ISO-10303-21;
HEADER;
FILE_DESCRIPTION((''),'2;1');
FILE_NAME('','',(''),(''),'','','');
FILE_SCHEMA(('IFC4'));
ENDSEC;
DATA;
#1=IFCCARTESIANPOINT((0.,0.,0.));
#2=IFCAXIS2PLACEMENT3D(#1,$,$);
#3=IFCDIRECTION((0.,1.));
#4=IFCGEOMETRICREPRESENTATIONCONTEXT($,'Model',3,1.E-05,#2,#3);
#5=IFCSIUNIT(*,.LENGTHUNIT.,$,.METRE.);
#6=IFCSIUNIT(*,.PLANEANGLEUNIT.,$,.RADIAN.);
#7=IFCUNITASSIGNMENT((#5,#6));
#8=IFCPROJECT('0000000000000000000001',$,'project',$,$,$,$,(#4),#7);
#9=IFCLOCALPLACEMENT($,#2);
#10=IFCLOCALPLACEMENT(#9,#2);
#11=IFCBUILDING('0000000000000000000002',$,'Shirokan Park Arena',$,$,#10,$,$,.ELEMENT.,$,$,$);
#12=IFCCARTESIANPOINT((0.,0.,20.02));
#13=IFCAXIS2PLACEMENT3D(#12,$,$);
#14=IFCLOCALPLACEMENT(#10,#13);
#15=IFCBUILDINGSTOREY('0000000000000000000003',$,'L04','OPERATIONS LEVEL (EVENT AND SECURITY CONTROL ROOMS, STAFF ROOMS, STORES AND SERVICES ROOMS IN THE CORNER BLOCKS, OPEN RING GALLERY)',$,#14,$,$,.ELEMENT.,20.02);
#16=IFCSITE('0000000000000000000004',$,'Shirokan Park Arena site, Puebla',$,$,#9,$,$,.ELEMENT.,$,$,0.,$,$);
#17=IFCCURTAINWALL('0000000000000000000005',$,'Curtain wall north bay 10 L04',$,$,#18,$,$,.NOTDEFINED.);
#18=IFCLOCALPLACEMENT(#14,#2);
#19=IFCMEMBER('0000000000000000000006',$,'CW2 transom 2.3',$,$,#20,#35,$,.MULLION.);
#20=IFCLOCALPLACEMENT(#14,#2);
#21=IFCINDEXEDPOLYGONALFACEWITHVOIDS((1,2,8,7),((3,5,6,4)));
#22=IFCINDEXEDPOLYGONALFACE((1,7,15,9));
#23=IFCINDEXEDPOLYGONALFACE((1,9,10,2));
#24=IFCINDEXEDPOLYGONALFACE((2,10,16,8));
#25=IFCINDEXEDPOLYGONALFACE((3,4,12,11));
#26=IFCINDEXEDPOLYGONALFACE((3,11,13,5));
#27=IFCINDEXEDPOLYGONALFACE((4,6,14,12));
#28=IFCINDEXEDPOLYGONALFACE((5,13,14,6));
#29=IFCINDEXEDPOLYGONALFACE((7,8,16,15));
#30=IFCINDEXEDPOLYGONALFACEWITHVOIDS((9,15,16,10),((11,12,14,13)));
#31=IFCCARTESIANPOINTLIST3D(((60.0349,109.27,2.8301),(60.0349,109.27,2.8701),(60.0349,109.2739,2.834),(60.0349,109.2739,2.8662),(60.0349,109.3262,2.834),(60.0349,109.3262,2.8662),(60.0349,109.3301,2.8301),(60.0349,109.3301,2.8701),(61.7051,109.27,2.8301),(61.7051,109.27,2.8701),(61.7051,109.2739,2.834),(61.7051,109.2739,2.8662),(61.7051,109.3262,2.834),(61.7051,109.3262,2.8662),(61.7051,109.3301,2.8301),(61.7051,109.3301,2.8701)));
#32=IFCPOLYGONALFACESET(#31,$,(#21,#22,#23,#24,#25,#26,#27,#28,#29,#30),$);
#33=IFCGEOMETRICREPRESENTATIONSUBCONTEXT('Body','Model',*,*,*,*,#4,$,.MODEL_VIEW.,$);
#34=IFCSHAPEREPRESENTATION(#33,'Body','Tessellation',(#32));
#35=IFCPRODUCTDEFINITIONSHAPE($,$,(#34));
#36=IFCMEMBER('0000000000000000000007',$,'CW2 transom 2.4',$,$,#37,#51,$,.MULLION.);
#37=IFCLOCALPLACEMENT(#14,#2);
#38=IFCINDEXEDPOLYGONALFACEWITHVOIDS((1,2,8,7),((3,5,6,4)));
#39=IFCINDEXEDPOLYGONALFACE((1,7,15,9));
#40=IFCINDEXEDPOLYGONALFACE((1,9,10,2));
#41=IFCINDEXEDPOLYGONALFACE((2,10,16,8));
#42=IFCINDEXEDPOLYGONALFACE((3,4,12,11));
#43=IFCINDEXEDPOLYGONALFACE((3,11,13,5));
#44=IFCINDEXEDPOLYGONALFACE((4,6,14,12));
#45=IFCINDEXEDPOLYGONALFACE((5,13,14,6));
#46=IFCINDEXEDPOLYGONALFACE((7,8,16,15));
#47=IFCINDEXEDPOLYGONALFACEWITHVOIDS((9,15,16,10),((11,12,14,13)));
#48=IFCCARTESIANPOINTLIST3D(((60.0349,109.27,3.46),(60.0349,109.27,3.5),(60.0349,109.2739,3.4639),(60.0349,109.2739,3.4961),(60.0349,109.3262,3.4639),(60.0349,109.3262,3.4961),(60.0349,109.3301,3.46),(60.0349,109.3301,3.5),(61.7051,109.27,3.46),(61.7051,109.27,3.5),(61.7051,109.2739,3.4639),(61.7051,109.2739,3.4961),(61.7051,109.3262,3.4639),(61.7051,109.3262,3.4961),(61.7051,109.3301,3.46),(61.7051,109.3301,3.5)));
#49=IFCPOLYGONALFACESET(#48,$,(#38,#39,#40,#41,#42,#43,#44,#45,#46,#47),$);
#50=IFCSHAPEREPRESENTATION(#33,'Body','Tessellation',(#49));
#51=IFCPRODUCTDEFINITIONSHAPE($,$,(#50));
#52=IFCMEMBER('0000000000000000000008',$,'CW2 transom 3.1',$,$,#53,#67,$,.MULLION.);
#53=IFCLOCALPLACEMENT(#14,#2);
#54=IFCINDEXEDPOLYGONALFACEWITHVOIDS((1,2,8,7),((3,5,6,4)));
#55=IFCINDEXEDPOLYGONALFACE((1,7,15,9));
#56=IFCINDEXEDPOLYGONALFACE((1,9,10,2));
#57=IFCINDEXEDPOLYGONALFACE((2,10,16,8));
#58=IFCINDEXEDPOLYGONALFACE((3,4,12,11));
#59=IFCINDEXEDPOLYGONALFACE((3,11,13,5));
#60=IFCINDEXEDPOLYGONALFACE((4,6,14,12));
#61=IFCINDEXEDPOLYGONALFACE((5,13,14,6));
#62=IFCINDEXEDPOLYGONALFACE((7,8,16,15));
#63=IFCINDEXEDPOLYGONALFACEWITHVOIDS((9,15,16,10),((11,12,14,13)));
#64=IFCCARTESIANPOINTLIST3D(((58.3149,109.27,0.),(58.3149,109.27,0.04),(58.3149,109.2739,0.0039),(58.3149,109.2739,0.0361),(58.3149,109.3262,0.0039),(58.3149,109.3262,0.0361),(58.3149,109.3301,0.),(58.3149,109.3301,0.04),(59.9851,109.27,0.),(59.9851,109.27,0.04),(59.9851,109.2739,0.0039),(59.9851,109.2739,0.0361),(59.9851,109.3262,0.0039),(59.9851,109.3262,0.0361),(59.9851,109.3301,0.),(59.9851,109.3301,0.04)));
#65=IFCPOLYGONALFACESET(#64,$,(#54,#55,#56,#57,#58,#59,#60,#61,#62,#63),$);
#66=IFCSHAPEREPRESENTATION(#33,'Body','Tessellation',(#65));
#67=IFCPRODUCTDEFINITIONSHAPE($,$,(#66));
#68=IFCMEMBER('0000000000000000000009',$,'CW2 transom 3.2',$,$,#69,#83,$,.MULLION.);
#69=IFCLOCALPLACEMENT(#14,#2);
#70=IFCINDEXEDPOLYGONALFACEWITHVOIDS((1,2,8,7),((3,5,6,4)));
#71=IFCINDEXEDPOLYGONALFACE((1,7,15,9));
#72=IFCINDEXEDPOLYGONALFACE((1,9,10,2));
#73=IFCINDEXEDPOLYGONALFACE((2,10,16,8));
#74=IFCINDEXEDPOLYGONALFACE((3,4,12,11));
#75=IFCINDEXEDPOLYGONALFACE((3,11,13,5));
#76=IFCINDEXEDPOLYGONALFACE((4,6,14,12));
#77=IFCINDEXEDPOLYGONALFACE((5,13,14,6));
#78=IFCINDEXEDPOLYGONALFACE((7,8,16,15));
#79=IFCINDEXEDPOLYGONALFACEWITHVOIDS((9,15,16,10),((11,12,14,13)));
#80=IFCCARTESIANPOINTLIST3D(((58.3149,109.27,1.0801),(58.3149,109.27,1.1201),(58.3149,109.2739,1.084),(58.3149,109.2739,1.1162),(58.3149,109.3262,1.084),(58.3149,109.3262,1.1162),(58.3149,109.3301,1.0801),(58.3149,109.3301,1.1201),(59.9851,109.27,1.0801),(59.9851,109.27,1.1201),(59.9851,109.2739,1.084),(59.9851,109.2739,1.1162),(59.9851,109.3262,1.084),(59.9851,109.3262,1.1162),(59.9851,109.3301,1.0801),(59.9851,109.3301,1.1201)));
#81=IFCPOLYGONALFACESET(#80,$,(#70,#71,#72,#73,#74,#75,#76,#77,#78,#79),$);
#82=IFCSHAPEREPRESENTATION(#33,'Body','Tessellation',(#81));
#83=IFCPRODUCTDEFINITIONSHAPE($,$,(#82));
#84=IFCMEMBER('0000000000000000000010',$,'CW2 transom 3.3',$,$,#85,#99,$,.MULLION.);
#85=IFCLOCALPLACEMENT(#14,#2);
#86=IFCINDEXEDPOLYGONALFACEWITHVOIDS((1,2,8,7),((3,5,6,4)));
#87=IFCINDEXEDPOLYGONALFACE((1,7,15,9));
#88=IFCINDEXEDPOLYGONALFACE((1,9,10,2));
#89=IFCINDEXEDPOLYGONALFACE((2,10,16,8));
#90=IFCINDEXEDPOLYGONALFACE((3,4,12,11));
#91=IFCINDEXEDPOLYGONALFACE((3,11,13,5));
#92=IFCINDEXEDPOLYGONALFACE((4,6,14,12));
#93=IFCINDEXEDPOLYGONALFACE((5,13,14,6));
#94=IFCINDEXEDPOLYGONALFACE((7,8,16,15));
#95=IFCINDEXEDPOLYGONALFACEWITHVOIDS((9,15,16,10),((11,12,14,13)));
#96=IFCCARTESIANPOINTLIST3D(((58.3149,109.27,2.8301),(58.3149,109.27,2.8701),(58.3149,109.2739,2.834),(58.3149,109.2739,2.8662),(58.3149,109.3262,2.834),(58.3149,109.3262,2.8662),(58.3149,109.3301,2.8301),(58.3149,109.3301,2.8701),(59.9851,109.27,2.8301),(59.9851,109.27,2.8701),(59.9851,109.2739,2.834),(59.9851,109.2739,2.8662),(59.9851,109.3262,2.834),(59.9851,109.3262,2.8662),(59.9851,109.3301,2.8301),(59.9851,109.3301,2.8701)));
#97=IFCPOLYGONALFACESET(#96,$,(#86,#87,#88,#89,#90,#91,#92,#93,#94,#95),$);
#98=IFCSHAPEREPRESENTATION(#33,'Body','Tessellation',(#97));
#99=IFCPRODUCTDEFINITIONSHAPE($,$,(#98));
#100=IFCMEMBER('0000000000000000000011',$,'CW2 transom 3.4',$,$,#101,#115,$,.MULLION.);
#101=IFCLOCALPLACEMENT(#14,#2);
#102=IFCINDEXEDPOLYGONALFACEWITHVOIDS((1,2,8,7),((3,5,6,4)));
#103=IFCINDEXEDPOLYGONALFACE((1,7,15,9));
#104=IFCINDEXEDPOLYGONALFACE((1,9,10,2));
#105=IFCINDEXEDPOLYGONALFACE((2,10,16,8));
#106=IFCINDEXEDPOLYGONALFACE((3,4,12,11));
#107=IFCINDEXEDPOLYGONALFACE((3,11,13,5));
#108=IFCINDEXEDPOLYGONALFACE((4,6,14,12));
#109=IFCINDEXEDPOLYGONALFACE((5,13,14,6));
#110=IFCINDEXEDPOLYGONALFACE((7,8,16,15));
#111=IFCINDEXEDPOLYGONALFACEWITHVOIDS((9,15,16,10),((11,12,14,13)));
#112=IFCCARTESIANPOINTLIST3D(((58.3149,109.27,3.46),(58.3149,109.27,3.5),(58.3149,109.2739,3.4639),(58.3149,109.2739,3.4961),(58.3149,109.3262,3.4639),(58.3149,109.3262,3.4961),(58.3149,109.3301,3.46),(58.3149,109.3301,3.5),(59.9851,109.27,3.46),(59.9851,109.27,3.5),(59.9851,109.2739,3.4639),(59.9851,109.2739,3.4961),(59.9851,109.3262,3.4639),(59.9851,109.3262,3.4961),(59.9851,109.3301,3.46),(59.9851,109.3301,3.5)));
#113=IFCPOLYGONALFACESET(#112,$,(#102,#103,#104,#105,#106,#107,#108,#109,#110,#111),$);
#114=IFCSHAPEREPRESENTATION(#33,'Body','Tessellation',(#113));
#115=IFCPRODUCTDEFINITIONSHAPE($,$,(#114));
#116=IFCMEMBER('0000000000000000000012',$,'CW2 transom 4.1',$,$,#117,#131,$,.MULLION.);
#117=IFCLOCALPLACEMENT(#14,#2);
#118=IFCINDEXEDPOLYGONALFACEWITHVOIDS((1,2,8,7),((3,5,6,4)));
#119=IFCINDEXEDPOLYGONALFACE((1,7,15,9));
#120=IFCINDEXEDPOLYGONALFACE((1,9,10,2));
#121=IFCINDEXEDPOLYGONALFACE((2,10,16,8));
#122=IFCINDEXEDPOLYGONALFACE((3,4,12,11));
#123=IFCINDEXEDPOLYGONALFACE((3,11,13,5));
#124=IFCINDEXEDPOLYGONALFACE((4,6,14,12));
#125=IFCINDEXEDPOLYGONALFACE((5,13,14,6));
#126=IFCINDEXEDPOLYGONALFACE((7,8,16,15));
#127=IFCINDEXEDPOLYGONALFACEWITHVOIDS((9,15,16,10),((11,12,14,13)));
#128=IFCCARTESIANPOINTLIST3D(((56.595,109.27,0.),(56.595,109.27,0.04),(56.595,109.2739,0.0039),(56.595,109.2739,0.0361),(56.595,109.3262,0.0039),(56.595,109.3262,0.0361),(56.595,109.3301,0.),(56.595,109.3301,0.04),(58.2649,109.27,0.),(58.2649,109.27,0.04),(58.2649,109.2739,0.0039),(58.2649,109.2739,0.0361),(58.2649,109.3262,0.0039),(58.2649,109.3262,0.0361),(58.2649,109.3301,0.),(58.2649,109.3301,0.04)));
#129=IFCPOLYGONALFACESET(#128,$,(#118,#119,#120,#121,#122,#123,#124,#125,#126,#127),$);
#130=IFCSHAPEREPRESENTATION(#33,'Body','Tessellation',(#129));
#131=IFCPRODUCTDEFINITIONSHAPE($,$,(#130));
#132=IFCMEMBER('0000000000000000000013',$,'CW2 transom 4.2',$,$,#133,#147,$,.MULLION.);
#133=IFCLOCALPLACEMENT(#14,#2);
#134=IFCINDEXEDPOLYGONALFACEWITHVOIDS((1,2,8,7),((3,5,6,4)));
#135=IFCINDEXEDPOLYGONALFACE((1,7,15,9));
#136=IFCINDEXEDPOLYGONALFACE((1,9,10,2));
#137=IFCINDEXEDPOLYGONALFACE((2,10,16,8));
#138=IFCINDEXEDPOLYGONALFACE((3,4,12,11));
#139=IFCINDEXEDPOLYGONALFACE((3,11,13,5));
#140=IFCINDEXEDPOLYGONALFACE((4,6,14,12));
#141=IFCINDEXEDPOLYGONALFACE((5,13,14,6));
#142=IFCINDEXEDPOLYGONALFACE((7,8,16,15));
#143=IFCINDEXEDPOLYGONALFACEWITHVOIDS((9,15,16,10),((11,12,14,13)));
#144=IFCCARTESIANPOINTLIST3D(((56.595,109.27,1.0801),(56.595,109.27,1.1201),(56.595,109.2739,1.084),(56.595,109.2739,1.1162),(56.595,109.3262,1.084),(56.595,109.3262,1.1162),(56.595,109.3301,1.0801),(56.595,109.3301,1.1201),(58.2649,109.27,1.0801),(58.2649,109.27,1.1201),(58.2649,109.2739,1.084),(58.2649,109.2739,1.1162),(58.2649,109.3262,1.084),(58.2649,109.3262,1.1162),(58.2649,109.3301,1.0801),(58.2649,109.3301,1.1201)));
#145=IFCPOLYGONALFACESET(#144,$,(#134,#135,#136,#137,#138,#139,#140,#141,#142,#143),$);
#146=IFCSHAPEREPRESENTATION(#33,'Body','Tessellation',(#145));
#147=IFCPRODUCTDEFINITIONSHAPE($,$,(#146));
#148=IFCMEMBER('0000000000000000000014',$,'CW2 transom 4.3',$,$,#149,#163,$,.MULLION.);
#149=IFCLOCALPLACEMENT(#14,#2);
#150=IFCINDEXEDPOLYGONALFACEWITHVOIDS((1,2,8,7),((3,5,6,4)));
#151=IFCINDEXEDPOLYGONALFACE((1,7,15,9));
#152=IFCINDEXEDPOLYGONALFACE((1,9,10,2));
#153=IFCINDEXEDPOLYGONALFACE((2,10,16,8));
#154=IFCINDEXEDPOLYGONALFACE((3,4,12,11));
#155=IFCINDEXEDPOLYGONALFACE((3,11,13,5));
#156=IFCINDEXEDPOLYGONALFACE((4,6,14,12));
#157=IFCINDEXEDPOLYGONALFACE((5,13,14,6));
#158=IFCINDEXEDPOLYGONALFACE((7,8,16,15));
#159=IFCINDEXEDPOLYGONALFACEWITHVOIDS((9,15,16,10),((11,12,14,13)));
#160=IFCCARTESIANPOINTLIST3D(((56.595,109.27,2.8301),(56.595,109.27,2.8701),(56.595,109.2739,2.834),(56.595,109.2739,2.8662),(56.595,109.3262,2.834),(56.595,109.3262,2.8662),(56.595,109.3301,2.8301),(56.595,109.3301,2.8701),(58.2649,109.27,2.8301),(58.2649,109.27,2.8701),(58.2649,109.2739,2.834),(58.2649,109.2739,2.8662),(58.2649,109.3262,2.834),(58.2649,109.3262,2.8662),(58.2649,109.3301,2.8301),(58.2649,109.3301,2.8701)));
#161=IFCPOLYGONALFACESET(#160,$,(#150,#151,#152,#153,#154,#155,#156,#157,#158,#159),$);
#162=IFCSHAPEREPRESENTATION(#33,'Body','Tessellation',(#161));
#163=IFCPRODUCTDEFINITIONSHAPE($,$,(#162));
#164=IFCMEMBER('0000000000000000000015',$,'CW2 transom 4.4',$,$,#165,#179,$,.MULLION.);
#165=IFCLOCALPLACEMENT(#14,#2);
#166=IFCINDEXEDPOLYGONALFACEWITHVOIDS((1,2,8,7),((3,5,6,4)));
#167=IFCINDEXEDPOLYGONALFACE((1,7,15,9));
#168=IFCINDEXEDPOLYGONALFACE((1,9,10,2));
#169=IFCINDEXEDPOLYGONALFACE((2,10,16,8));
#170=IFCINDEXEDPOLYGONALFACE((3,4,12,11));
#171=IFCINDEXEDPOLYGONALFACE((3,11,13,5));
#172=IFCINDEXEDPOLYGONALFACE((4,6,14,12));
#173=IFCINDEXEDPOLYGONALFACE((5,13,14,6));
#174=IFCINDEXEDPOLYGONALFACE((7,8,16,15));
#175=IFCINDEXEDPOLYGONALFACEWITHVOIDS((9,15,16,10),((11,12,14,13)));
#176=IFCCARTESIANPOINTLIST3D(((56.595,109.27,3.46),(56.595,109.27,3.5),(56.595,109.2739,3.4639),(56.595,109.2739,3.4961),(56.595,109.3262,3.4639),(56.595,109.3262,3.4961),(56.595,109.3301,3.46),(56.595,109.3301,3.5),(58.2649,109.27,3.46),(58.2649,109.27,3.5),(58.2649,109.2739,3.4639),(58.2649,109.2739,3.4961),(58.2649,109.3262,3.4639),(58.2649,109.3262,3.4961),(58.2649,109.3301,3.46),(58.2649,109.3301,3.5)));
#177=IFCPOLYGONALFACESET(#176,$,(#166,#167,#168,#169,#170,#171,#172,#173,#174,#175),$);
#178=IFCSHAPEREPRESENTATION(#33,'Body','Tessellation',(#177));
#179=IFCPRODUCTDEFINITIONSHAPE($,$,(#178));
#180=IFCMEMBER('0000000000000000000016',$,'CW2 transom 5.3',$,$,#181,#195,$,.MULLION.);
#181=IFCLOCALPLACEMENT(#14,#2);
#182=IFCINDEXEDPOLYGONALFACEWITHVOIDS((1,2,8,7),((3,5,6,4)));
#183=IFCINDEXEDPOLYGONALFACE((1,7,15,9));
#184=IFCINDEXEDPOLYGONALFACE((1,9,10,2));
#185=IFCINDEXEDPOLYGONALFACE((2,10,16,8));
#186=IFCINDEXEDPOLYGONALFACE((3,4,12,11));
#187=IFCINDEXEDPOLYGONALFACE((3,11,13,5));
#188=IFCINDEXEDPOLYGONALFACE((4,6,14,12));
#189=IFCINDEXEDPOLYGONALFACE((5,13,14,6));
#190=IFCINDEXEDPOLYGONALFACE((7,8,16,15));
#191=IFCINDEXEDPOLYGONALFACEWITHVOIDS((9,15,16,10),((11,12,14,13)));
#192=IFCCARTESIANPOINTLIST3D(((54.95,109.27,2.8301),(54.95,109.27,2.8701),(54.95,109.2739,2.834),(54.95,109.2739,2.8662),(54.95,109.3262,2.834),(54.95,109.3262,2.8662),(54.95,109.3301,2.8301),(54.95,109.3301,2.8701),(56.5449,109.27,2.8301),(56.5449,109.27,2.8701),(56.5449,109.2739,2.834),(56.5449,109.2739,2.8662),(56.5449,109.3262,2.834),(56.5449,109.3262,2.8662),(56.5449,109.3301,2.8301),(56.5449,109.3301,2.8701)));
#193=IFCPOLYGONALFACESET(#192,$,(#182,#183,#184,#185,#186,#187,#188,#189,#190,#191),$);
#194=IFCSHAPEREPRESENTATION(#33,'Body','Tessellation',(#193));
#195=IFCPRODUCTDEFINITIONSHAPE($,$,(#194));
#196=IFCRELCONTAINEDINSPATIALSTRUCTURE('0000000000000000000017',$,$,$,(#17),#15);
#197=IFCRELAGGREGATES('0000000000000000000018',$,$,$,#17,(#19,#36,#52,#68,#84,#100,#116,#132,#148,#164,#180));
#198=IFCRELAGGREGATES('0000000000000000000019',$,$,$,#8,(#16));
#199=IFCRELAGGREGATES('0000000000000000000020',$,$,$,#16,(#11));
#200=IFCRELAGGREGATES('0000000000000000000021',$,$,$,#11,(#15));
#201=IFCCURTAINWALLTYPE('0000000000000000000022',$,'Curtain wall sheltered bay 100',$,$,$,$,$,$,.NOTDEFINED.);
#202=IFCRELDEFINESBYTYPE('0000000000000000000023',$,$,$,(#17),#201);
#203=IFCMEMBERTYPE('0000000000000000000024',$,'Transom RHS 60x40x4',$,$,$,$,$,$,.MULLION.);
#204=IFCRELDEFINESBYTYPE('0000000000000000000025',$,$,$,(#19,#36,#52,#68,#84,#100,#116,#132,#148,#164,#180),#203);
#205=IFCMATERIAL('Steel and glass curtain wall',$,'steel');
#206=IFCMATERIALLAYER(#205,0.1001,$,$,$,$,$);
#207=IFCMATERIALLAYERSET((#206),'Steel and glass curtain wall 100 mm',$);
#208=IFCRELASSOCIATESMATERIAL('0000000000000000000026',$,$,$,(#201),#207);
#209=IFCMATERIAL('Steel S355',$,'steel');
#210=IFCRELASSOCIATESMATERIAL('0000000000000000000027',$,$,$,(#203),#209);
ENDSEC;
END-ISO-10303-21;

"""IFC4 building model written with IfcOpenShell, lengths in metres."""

from ifc_helpers import new_model, si_unit, direction, frame, origin, origin_2d, place, context, subcontext, project, spatial, hollow_rectangle, extrude, material, layer, layer_set, material_profile, profile_set, type_object, element, aggregate, save


model = new_model("IFC4")

# Units and contexts
model_context = context("Model", 3, precision=1e-05, world=origin(), true_north=direction((0.0, 1.0)))
body_context = subcontext(model_context, "Body", "Model", "MODEL_VIEW")
ifc_project = project(units=[si_unit("LENGTHUNIT", "METRE"), si_unit("PLANEANGLEUNIT", "RADIAN")], contexts=[model_context])

# Site, building, storey
site_placement = place(None, origin())
site = spatial("IfcSite", under=ifc_project, at=site_placement, Name="Shirokan Park Arena site, Puebla", CompositionType="ELEMENT", RefElevation=0.0)
building_placement = place(site_placement, origin())
building = spatial("IfcBuilding", under=site, at=building_placement, Name="Shirokan Park Arena", CompositionType="ELEMENT")
storey_placement = place(building_placement, frame((0.0, 0.0, 20.02)))
storey = spatial("IfcBuildingStorey", under=building, at=storey_placement, Name="L04", Description="OPERATIONS LEVEL (EVENT AND SECURITY CONTROL ROOMS, STAFF ROOMS, STORES AND SERVICES ROOMS IN THE CORNER BLOCKS, OPEN RING GALLERY)", CompositionType="ELEMENT", Elevation=20.02)

# Curtain wall, members
ifc_material_1 = material(Name="Steel and glass curtain wall", Category="steel")
ifc_layer_1 = layer(ifc_material_1, 0.1001)
ifc_layer_set_1 = layer_set([ifc_layer_1], Name="Steel and glass curtain wall 100 mm")
curtain_wall_type = type_object("IfcCurtainWallType", Name="Curtain wall sheltered bay 100", PredefinedType="NOTDEFINED", material=ifc_layer_set_1)
curtain_wall_placement = place(storey_placement, origin())
curtain_wall = element("IfcCurtainWall", 1, at=curtain_wall_placement, inside=storey, type_object=curtain_wall_type, Name="Curtain wall north bay 10 L04", PredefinedType="NOTDEFINED")
ifc_material_2 = material(Name="Steel S355", Category="steel")
ifc_material_profile_1 = material_profile(ifc_material_2, hollow_rectangle(XDim=0.0601, YDim=0.04, WallThickness=0.0039, at=origin_2d()), Name="RHS 60x40x4")
ifc_profile_set_1 = profile_set([ifc_material_profile_1], Name="Steel S355")
member_type_1 = type_object("IfcMemberType", Name="Transom RHS 60x40x4", PredefinedType="MULLION", material=ifc_profile_set_1)
member_1_placement = place(storey_placement, frame((61.7051, 109.3, 2.8501), z_axis=(-1.0, 0.0, 0.0), x_axis=(0.0, -1.0, 0.0)))
member_1 = element("IfcMember", 2, at=member_1_placement, type_object=member_type_1, Name="CW2 transom 2.3", PredefinedType="MULLION", context=body_context, shape_type="SweptSolid", body=[
    extrude(hollow_rectangle(XDim=0.0601, YDim=0.04, WallThickness=0.0039, at=origin_2d()), origin(), (0.0, 0.0, 1.0), 1.6702),
])
member_2_placement = place(storey_placement, frame((61.7051, 109.3, 3.48), z_axis=(-1.0, 0.0, 0.0), x_axis=(0.0, -1.0, 0.0)))
member_2 = element("IfcMember", 3, at=member_2_placement, type_object=member_type_1, Name="CW2 transom 2.4", PredefinedType="MULLION", context=body_context, shape_type="SweptSolid", body=[
    extrude(hollow_rectangle(XDim=0.0601, YDim=0.04, WallThickness=0.0039, at=origin_2d()), origin(), (0.0, 0.0, 1.0), 1.6702),
])
member_3_placement = place(storey_placement, frame((59.9851, 109.3, 0.02), z_axis=(-1.0, 0.0, 0.0), x_axis=(0.0, -1.0, 0.0)))
member_3 = element("IfcMember", 4, at=member_3_placement, type_object=member_type_1, Name="CW2 transom 3.1", PredefinedType="MULLION", context=body_context, shape_type="SweptSolid", body=[
    extrude(hollow_rectangle(XDim=0.0601, YDim=0.04, WallThickness=0.0039, at=origin_2d()), origin(), (0.0, 0.0, 1.0), 1.6702),
])
member_4_placement = place(storey_placement, frame((59.9851, 109.3, 1.1001), z_axis=(-1.0, 0.0, 0.0), x_axis=(0.0, -1.0, 0.0)))
member_4 = element("IfcMember", 5, at=member_4_placement, type_object=member_type_1, Name="CW2 transom 3.2", PredefinedType="MULLION", context=body_context, shape_type="SweptSolid", body=[
    extrude(hollow_rectangle(XDim=0.0601, YDim=0.04, WallThickness=0.0039, at=origin_2d()), origin(), (0.0, 0.0, 1.0), 1.6702),
])
member_5_placement = place(storey_placement, frame((59.9851, 109.3, 2.8501), z_axis=(-1.0, 0.0, 0.0), x_axis=(0.0, -1.0, 0.0)))
member_5 = element("IfcMember", 6, at=member_5_placement, type_object=member_type_1, Name="CW2 transom 3.3", PredefinedType="MULLION", context=body_context, shape_type="SweptSolid", body=[
    extrude(hollow_rectangle(XDim=0.0601, YDim=0.04, WallThickness=0.0039, at=origin_2d()), origin(), (0.0, 0.0, 1.0), 1.6702),
])
member_6_placement = place(storey_placement, frame((59.9851, 109.3, 3.48), z_axis=(-1.0, 0.0, 0.0), x_axis=(0.0, -1.0, 0.0)))
member_6 = element("IfcMember", 7, at=member_6_placement, type_object=member_type_1, Name="CW2 transom 3.4", PredefinedType="MULLION", context=body_context, shape_type="SweptSolid", body=[
    extrude(hollow_rectangle(XDim=0.0601, YDim=0.04, WallThickness=0.0039, at=origin_2d()), origin(), (0.0, 0.0, 1.0), 1.6702),
])
member_7_placement = place(storey_placement, frame((58.2649, 109.3, 0.02), z_axis=(-1.0, 0.0, 0.0), x_axis=(0.0, -1.0, 0.0)))
member_7 = element("IfcMember", 8, at=member_7_placement, type_object=member_type_1, Name="CW2 transom 4.1", PredefinedType="MULLION", context=body_context, shape_type="SweptSolid", body=[
    extrude(hollow_rectangle(XDim=0.0601, YDim=0.04, WallThickness=0.0039, at=origin_2d()), origin(), (0.0, 0.0, 1.0), 1.6699),
])
member_8_placement = place(storey_placement, frame((58.2649, 109.3, 1.1001), z_axis=(-1.0, 0.0, 0.0), x_axis=(0.0, -1.0, 0.0)))
member_8 = element("IfcMember", 9, at=member_8_placement, type_object=member_type_1, Name="CW2 transom 4.2", PredefinedType="MULLION", context=body_context, shape_type="SweptSolid", body=[
    extrude(hollow_rectangle(XDim=0.0601, YDim=0.04, WallThickness=0.0039, at=origin_2d()), origin(), (0.0, 0.0, 1.0), 1.6699),
])
member_9_placement = place(storey_placement, frame((58.2649, 109.3, 2.8501), z_axis=(-1.0, 0.0, 0.0), x_axis=(0.0, -1.0, 0.0)))
member_9 = element("IfcMember", 10, at=member_9_placement, type_object=member_type_1, Name="CW2 transom 4.3", PredefinedType="MULLION", context=body_context, shape_type="SweptSolid", body=[
    extrude(hollow_rectangle(XDim=0.0601, YDim=0.04, WallThickness=0.0039, at=origin_2d()), origin(), (0.0, 0.0, 1.0), 1.6699),
])
member_10_placement = place(storey_placement, frame((58.2649, 109.3, 3.48), z_axis=(-1.0, 0.0, 0.0), x_axis=(0.0, -1.0, 0.0)))
member_10 = element("IfcMember", 11, at=member_10_placement, type_object=member_type_1, Name="CW2 transom 4.4", PredefinedType="MULLION", context=body_context, shape_type="SweptSolid", body=[
    extrude(hollow_rectangle(XDim=0.0601, YDim=0.04, WallThickness=0.0039, at=origin_2d()), origin(), (0.0, 0.0, 1.0), 1.6699),
])
member_11_placement = place(storey_placement, frame((56.5449, 109.3, 2.8501), z_axis=(-1.0, 0.0, 0.0), x_axis=(0.0, -1.0, 0.0)))
member_11 = element("IfcMember", 12, at=member_11_placement, type_object=member_type_1, Name="CW2 transom 5.3", PredefinedType="MULLION", context=body_context, shape_type="SweptSolid", body=[
    extrude(hollow_rectangle(XDim=0.0601, YDim=0.04, WallThickness=0.0039, at=origin_2d()), origin(), (0.0, 0.0, 1.0), 1.595),
])
aggregate(curtain_wall, [member_1, member_2, member_3, member_4, member_5, member_6, member_7, member_8, member_9, member_10, member_11])

save(model, "model.ifc")
